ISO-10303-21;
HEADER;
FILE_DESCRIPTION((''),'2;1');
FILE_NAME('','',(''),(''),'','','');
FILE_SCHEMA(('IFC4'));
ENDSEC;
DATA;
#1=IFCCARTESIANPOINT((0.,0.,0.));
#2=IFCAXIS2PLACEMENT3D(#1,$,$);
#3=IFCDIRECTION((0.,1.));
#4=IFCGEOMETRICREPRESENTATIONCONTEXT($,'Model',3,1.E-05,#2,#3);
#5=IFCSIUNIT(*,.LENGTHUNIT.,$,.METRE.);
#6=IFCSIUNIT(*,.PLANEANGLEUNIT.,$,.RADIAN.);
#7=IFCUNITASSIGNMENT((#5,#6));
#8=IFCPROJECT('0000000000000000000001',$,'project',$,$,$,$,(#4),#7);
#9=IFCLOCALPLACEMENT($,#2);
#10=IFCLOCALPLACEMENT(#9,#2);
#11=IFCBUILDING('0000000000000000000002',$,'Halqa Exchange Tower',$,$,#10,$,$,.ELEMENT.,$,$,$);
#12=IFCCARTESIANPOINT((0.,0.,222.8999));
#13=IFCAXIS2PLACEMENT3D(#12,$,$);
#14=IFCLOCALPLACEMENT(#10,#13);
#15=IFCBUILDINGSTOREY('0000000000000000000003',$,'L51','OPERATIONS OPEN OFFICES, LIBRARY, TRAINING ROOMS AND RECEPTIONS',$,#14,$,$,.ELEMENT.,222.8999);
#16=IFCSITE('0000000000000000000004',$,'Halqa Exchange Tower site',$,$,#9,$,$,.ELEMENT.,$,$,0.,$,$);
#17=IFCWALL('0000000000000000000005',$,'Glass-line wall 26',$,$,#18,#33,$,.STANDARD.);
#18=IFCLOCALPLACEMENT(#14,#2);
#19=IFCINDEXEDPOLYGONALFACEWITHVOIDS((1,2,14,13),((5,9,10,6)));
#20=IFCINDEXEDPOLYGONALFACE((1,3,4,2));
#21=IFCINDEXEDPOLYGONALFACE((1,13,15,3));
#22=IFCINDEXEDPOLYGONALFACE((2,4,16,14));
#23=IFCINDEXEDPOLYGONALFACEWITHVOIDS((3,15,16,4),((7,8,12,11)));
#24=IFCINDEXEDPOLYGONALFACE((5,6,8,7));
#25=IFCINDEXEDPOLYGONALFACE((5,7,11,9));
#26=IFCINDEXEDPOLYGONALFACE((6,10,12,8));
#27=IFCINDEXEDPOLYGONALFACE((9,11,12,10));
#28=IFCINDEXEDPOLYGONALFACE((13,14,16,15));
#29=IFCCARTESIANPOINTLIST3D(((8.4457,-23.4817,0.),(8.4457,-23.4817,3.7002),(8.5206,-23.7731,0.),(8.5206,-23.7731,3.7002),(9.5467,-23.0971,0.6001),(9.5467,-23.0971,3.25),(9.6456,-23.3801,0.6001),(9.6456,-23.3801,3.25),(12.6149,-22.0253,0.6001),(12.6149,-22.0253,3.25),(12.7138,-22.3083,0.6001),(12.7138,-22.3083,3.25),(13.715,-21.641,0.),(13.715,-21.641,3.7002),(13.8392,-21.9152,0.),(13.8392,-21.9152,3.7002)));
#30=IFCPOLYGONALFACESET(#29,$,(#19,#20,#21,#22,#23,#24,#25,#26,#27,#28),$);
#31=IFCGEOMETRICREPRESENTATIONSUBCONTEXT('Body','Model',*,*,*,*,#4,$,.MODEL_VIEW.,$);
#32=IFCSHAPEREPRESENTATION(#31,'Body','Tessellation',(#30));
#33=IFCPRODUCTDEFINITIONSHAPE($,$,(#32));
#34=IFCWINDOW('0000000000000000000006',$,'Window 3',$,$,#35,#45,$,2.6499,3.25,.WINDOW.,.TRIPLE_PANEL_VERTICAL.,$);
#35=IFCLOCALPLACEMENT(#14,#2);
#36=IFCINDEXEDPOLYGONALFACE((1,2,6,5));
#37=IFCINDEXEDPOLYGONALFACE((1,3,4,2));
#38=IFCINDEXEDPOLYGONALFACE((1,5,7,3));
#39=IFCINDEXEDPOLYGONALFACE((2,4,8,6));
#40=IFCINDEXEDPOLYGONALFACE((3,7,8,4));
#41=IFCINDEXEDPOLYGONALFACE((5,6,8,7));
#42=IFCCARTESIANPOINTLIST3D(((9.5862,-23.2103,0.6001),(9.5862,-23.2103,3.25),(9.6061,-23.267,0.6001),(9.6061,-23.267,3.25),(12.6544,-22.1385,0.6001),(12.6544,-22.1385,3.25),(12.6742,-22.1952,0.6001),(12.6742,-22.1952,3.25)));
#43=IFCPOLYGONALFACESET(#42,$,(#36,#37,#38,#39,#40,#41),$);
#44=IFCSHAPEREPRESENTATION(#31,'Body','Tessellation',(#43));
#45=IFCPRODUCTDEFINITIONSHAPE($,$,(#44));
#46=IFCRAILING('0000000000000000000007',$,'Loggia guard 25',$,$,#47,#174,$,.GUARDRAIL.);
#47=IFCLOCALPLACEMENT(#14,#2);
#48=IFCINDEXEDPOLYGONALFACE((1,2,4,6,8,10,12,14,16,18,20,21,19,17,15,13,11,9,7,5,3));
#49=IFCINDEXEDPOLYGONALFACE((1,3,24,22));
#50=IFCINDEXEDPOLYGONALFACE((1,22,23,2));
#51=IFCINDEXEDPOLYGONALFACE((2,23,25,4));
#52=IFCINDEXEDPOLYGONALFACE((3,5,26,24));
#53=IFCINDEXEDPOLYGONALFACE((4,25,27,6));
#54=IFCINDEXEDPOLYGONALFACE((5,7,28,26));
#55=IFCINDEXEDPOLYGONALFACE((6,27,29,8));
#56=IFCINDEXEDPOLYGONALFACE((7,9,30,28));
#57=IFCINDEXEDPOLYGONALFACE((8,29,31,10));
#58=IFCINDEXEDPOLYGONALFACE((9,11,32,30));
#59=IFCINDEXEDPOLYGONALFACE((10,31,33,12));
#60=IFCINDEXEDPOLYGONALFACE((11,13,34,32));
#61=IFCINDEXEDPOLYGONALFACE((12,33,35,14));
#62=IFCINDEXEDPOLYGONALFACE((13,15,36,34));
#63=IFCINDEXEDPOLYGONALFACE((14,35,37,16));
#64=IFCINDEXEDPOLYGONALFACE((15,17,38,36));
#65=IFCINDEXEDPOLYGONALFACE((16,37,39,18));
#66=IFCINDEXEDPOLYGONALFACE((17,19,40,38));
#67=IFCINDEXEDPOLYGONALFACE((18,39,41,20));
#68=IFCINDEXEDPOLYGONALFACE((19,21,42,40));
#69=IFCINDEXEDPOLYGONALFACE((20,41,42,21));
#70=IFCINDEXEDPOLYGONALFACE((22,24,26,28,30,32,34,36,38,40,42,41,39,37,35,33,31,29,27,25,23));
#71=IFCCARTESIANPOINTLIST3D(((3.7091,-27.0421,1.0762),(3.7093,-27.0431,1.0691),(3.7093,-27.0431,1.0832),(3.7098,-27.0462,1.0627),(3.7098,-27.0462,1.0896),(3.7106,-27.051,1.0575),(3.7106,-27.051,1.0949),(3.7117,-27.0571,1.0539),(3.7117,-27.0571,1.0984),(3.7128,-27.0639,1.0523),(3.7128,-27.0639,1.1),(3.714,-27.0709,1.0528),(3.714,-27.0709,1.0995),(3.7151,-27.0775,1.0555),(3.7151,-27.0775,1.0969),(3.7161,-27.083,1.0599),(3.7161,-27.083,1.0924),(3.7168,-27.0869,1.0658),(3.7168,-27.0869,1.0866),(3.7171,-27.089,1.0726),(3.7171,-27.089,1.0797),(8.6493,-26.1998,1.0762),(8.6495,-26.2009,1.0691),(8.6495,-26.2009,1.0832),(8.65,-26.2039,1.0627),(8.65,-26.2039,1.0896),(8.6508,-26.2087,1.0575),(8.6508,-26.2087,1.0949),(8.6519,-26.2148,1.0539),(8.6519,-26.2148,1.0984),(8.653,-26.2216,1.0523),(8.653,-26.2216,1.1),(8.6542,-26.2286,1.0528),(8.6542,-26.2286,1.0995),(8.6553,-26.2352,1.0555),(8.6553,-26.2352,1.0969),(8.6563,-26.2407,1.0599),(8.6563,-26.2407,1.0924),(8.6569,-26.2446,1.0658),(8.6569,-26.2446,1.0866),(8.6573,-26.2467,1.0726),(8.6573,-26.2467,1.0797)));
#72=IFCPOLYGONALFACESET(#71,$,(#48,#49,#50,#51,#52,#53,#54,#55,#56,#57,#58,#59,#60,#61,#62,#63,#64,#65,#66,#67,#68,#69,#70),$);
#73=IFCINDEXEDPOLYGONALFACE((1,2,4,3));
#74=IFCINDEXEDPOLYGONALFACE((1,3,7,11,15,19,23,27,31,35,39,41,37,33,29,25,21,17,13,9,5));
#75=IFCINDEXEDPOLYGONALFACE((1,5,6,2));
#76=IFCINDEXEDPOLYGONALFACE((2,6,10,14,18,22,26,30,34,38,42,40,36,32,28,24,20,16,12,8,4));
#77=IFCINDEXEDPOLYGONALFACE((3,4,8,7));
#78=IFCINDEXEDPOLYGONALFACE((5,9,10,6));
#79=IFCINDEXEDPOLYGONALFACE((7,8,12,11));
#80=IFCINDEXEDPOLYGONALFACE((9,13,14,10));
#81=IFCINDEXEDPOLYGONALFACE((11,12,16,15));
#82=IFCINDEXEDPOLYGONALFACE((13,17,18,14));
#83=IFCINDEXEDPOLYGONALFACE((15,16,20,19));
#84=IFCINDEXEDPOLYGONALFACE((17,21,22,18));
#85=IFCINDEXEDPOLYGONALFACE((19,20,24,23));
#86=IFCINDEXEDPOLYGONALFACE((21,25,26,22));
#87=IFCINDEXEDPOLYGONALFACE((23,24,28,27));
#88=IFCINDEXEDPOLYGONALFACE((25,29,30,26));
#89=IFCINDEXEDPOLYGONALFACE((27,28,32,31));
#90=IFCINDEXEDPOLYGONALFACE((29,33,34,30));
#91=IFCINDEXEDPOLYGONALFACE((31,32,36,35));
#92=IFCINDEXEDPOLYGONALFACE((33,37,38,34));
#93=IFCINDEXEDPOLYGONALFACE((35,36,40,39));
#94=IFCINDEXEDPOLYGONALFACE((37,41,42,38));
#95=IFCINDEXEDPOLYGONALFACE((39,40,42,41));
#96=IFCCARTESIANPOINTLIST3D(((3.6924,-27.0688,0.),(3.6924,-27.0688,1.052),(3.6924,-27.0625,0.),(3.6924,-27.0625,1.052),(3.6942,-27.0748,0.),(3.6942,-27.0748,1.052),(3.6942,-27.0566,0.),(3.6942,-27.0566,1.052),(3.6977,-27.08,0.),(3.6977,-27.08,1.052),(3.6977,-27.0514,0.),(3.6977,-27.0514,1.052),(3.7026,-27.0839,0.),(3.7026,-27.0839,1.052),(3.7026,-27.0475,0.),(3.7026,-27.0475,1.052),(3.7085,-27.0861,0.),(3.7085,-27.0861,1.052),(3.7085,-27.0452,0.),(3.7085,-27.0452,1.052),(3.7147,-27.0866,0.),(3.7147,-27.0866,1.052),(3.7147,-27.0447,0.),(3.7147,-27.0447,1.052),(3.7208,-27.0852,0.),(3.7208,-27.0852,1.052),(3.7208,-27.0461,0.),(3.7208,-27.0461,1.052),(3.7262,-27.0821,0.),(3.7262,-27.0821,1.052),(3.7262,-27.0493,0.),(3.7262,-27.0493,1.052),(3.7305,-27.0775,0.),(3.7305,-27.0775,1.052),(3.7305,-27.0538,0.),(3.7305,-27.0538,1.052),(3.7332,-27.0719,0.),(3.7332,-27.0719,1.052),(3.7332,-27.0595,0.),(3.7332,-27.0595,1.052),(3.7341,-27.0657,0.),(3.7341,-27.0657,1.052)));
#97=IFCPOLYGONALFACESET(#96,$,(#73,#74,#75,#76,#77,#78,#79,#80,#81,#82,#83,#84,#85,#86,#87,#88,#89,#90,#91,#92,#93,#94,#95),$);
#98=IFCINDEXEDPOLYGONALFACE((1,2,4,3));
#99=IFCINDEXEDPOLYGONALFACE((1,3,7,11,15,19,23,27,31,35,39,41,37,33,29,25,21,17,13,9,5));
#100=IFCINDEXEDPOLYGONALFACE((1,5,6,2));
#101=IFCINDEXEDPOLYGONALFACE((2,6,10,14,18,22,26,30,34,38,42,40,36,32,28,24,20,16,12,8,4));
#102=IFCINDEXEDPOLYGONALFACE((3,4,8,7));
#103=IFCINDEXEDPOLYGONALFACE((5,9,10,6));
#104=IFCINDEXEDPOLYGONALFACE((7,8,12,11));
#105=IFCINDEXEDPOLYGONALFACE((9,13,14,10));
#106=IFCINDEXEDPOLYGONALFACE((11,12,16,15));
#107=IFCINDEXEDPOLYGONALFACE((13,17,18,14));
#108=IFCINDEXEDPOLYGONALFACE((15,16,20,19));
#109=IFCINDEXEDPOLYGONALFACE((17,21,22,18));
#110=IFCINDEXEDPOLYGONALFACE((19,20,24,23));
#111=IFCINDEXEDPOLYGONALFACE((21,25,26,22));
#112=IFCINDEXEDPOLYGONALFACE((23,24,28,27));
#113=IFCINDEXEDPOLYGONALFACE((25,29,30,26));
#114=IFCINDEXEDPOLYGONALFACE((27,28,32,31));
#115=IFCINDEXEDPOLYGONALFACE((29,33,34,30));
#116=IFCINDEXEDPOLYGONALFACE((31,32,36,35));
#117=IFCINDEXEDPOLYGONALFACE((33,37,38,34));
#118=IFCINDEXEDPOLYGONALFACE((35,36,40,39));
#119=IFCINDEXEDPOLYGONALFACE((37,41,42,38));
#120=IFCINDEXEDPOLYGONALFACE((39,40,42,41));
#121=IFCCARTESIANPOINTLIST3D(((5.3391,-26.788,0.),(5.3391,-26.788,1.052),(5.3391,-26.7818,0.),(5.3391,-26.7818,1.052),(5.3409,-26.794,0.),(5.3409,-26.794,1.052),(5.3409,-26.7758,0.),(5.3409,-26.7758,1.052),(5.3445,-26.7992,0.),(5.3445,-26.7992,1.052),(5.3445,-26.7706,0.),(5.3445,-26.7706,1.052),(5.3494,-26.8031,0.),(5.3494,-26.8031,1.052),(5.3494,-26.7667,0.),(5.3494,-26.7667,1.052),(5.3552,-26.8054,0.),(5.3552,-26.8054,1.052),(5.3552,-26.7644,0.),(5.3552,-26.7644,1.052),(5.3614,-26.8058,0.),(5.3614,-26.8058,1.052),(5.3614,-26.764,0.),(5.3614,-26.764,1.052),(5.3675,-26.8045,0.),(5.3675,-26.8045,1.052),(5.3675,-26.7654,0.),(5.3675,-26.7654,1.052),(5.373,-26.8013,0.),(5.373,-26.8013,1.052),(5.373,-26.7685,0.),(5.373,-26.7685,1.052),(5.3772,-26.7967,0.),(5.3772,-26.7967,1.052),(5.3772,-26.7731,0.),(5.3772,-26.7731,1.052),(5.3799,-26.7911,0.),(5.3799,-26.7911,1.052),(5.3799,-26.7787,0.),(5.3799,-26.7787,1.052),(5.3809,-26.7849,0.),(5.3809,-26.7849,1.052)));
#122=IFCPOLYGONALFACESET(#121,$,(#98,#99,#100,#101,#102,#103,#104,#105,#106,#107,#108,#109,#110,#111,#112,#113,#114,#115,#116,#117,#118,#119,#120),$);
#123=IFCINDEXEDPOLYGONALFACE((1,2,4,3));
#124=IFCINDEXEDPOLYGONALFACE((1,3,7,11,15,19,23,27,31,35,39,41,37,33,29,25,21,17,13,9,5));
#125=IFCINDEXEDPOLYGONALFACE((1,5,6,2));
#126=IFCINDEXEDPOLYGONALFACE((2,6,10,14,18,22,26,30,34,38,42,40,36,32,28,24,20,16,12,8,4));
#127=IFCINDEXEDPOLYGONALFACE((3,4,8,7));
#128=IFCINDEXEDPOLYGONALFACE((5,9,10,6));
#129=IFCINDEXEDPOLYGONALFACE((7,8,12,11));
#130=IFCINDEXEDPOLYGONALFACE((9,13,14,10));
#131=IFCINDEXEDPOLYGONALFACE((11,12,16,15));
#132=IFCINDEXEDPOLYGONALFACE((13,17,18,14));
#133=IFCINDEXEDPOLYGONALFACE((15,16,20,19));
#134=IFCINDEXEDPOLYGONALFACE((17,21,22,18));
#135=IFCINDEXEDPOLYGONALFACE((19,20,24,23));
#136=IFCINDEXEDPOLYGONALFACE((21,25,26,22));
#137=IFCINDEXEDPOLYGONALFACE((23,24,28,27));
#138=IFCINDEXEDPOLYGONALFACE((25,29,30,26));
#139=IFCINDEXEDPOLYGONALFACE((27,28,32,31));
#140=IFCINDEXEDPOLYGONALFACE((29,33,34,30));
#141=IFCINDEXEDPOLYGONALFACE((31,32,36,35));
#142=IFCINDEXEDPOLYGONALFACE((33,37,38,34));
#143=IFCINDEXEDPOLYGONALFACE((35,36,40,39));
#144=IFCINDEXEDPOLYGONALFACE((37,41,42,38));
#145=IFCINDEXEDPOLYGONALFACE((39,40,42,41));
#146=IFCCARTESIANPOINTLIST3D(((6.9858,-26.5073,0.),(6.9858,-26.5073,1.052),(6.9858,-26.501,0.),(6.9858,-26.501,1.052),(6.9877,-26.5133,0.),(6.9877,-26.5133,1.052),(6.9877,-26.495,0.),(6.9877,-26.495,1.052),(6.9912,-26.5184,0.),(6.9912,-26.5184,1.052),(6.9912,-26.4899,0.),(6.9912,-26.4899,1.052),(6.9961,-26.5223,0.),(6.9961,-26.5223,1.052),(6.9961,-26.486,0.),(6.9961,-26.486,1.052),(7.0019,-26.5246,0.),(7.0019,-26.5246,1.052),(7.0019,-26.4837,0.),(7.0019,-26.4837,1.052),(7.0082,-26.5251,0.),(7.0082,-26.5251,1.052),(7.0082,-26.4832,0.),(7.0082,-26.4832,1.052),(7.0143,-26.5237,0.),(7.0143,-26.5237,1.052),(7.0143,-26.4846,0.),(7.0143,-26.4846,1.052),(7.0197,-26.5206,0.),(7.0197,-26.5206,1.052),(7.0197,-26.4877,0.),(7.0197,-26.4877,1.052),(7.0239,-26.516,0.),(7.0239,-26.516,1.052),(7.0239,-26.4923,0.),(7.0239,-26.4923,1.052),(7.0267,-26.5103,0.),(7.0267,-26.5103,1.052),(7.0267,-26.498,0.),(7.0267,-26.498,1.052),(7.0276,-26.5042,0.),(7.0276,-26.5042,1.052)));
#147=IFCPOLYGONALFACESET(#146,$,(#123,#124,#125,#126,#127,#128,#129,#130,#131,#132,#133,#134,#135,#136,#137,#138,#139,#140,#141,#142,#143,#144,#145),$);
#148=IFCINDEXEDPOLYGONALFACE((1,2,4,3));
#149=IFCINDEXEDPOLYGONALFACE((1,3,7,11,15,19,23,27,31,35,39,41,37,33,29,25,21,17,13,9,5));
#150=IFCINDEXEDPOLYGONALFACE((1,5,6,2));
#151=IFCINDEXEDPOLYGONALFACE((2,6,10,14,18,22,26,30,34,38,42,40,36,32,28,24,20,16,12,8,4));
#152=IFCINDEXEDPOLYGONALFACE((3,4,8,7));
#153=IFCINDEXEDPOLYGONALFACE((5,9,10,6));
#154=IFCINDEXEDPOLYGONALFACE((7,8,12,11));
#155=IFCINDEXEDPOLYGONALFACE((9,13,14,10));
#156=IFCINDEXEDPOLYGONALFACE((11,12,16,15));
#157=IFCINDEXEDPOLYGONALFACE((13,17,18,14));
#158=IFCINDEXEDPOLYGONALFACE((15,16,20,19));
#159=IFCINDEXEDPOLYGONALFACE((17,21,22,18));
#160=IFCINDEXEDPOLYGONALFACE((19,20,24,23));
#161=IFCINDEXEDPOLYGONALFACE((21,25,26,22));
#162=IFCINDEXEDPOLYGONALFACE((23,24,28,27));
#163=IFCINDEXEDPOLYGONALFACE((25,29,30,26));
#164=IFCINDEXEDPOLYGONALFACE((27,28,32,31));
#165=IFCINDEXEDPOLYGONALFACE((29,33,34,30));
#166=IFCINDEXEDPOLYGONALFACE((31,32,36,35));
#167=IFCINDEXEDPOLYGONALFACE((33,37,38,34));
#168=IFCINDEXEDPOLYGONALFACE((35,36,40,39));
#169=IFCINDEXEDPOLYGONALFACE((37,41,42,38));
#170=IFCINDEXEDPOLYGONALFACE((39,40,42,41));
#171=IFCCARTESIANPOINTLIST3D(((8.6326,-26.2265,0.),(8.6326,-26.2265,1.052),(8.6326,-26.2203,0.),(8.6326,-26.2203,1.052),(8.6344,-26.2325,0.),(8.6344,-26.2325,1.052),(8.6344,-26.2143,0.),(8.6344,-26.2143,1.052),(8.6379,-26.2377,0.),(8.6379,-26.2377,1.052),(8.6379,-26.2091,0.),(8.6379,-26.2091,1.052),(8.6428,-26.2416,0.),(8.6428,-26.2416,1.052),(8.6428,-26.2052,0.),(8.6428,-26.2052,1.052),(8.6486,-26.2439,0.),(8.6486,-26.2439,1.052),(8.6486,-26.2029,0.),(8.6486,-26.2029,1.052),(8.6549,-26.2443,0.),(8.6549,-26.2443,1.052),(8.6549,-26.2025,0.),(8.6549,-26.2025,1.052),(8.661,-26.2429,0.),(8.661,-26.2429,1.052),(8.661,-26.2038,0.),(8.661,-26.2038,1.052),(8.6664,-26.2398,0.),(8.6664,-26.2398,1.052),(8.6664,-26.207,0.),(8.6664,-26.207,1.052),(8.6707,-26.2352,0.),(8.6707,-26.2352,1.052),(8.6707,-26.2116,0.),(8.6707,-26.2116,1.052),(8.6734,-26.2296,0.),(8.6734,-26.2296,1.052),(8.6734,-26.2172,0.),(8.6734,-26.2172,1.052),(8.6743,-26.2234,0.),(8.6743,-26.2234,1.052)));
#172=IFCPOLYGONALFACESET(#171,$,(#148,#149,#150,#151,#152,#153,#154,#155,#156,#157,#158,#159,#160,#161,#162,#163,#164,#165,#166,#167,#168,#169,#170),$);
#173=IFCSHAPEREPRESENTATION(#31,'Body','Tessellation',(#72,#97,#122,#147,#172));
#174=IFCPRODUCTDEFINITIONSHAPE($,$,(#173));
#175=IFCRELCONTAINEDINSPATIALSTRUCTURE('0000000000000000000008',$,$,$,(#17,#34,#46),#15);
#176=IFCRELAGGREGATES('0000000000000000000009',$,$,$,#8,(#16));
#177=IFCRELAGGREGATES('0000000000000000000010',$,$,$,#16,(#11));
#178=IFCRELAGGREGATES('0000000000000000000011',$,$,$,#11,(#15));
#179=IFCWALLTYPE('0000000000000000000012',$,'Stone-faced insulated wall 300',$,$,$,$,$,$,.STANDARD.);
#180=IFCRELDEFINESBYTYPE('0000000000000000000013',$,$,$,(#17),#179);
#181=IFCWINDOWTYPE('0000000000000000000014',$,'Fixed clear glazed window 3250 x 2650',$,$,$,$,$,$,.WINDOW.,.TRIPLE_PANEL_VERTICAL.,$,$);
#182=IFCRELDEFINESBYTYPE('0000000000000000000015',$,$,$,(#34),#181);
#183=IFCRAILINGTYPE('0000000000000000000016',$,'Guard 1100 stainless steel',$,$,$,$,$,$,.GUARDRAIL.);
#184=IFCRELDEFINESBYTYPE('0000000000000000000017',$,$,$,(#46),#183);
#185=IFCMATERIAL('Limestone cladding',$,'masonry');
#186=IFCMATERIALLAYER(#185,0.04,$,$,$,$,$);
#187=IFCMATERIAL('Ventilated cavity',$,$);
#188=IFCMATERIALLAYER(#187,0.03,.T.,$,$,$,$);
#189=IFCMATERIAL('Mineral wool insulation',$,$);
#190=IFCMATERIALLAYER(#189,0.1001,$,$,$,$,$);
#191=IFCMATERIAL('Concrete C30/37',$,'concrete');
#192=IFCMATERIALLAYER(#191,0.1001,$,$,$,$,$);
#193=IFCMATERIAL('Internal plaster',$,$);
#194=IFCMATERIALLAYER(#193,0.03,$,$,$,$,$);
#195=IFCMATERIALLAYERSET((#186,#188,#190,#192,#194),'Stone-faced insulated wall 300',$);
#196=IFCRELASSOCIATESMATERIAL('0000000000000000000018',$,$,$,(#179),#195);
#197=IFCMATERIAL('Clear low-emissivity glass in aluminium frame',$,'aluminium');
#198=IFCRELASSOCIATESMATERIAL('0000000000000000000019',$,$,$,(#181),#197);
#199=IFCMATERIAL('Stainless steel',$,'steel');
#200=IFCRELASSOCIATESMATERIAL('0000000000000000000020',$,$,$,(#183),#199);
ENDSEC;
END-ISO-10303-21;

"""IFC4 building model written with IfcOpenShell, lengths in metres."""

from ifc_helpers import new_model, si_unit, direction, frame, frame_2d, origin, origin_2d, place, context, subcontext, project, spatial, polyline, rectangle, circle, outline, extrude, material, layer, layer_set, type_object, element, fill, save


model = new_model("IFC4")

# Units and contexts
model_context = context("Model", 3, precision=1e-05, world=origin(), true_north=direction((0.0, 1.0)))
body_context = subcontext(model_context, "Body", "Model", "MODEL_VIEW")
ifc_project = project(units=[si_unit("LENGTHUNIT", "METRE"), si_unit("PLANEANGLEUNIT", "RADIAN")], contexts=[model_context])

# Site, building, storey
site_placement = place(None, origin())
site = spatial("IfcSite", under=ifc_project, at=site_placement, Name="Halqa Exchange Tower site", CompositionType="ELEMENT", RefElevation=0.0)
building_placement = place(site_placement, origin())
building = spatial("IfcBuilding", under=site, at=building_placement, Name="Halqa Exchange Tower", CompositionType="ELEMENT")
storey_placement = place(building_placement, frame((0.0, 0.0, 222.8999)))
storey = spatial("IfcBuildingStorey", under=building, at=storey_placement, Name="L51", Description="OPERATIONS OPEN OFFICES, LIBRARY, TRAINING ROOMS AND RECEPTIONS", CompositionType="ELEMENT", Elevation=222.8999)

# Shared definitions
ifc_material_1 = material(Name="Concrete C30/37", Category="concrete")

# Wall, opening, window
ifc_material_2 = material(Name="Limestone cladding", Category="masonry")
ifc_layer_1 = layer(ifc_material_2, 0.04)
ifc_material_3 = material(Name="Ventilated cavity")
ifc_layer_2 = layer(ifc_material_3, 0.03, ventilated=True)
ifc_material_4 = material(Name="Mineral wool insulation")
ifc_layer_3 = layer(ifc_material_4, 0.1001)
ifc_layer_4 = layer(ifc_material_1, 0.1001)
ifc_material_5 = material(Name="Internal plaster")
ifc_layer_5 = layer(ifc_material_5, 0.03)
ifc_layer_set_1 = layer_set([ifc_layer_1, ifc_layer_2, ifc_layer_3, ifc_layer_4, ifc_layer_5], Name="Stone-faced insulated wall 300")
wall_type_1 = type_object("IfcWallType", Name="Stone-faced insulated wall 300", PredefinedType="STANDARD", material=ifc_layer_set_1)
ifc_material_6 = material(Name="Clear low-emissivity glass in aluminium frame", Category="aluminium")
window_type = type_object("IfcWindowType", Name="Fixed clear glazed window 3250 x 2650", PartitioningType="TRIPLE_PANEL_VERTICAL", PredefinedType="WINDOW", material=ifc_material_6)
wall_1_placement = place(storey_placement, frame((8.4832, -23.6274, 0.0), z_axis=(0.0, 0.0, 1.0), x_axis=(0.944054, 0.329792, 0.0)))
wall_1 = element("IfcWall", 1, at=wall_1_placement, inside=storey, type_object=wall_type_1, Name="Glass-line wall 26", PredefinedType="STANDARD", context=body_context, shape_type="SweptSolid", body=[
    extrude(outline(polyline([(-0.0127, -0.1499), (5.6211, -0.1499), (5.5942, 0.1499), (0.0127, 0.1499), (-0.0127, -0.1499)])), origin(), (0.0, 0.0, 1.0), 3.7002),
])
opening_1_placement = place(wall_1_placement, frame((1.179, 0.0, 0.6001)))
opening_1 = element("IfcOpeningElement", 2, at=opening_1_placement, cuts=wall_1, PredefinedType="OPENING", context=body_context, shape_type="SweptSolid", body=[
    extrude(rectangle(XDim=3.25, YDim=2.6499, at=frame_2d((1.625, 1.325))), frame((0.0, 0.1621, 0.0), z_axis=(0.0, -1.0, 0.0), x_axis=(1.0, 0.0, 0.0)), (0.0, 0.0, 1.0), 0.324),
])
window_1_placement = place(opening_1_placement, origin())
window_1 = element("IfcWindow", 3, at=window_1_placement, inside=storey, type_object=window_type, Name="Window 3", OverallHeight=2.6499, OverallWidth=3.25, PartitioningType="TRIPLE_PANEL_VERTICAL", PredefinedType="WINDOW", context=body_context, shape_type="SweptSolid", body=[
    extrude(rectangle(XDim=3.25, YDim=2.6499, at=frame_2d((1.625, 1.325))), frame((0.0, 0.03, 0.0), z_axis=(0.0, -1.0, 0.0), x_axis=(1.0, 0.0, 0.0)), (0.0, 0.0, 1.0), 0.0601),
])
fill(opening_1, window_1)

# Railing
ifc_material_7 = material(Name="Stainless steel", Category="steel")
railing_type = type_object("IfcRailingType", Name="Guard 1100 stainless steel", PredefinedType="GUARDRAIL", material=ifc_material_7)
railing_1_placement = place(storey_placement, frame((3.7131, -27.0657, 0.0)))
element("IfcRailing", 4, at=railing_1_placement, inside=storey, type_object=railing_type, Name="Loggia guard 25", PredefinedType="GUARDRAIL", context=body_context, shape_type="SweptSolid", body=[
    extrude(circle(Radius=0.0239, at=origin_2d()), frame((0.0, 0.0, 1.0762), z_axis=(0.985775, 0.168071, 0.0), x_axis=(-0.168071, 0.985775, 0.0)), (0.0, 0.0, 1.0), 5.0115),
    extrude(circle(Radius=0.021, at=origin_2d()), origin(), (0.0, 0.0, 1.0), 1.052),
    extrude(circle(Radius=0.021, at=origin_2d()), frame((1.6467, 0.2808, 0.0)), (0.0, 0.0, 1.0), 1.052),
    extrude(circle(Radius=0.021, at=origin_2d()), frame((3.2935, 0.5615, 0.0)), (0.0, 0.0, 1.0), 1.052),
    extrude(circle(Radius=0.021, at=origin_2d()), frame((4.9402, 0.8423, 0.0)), (0.0, 0.0, 1.0), 1.052),
])

save(model, "model.ifc")
